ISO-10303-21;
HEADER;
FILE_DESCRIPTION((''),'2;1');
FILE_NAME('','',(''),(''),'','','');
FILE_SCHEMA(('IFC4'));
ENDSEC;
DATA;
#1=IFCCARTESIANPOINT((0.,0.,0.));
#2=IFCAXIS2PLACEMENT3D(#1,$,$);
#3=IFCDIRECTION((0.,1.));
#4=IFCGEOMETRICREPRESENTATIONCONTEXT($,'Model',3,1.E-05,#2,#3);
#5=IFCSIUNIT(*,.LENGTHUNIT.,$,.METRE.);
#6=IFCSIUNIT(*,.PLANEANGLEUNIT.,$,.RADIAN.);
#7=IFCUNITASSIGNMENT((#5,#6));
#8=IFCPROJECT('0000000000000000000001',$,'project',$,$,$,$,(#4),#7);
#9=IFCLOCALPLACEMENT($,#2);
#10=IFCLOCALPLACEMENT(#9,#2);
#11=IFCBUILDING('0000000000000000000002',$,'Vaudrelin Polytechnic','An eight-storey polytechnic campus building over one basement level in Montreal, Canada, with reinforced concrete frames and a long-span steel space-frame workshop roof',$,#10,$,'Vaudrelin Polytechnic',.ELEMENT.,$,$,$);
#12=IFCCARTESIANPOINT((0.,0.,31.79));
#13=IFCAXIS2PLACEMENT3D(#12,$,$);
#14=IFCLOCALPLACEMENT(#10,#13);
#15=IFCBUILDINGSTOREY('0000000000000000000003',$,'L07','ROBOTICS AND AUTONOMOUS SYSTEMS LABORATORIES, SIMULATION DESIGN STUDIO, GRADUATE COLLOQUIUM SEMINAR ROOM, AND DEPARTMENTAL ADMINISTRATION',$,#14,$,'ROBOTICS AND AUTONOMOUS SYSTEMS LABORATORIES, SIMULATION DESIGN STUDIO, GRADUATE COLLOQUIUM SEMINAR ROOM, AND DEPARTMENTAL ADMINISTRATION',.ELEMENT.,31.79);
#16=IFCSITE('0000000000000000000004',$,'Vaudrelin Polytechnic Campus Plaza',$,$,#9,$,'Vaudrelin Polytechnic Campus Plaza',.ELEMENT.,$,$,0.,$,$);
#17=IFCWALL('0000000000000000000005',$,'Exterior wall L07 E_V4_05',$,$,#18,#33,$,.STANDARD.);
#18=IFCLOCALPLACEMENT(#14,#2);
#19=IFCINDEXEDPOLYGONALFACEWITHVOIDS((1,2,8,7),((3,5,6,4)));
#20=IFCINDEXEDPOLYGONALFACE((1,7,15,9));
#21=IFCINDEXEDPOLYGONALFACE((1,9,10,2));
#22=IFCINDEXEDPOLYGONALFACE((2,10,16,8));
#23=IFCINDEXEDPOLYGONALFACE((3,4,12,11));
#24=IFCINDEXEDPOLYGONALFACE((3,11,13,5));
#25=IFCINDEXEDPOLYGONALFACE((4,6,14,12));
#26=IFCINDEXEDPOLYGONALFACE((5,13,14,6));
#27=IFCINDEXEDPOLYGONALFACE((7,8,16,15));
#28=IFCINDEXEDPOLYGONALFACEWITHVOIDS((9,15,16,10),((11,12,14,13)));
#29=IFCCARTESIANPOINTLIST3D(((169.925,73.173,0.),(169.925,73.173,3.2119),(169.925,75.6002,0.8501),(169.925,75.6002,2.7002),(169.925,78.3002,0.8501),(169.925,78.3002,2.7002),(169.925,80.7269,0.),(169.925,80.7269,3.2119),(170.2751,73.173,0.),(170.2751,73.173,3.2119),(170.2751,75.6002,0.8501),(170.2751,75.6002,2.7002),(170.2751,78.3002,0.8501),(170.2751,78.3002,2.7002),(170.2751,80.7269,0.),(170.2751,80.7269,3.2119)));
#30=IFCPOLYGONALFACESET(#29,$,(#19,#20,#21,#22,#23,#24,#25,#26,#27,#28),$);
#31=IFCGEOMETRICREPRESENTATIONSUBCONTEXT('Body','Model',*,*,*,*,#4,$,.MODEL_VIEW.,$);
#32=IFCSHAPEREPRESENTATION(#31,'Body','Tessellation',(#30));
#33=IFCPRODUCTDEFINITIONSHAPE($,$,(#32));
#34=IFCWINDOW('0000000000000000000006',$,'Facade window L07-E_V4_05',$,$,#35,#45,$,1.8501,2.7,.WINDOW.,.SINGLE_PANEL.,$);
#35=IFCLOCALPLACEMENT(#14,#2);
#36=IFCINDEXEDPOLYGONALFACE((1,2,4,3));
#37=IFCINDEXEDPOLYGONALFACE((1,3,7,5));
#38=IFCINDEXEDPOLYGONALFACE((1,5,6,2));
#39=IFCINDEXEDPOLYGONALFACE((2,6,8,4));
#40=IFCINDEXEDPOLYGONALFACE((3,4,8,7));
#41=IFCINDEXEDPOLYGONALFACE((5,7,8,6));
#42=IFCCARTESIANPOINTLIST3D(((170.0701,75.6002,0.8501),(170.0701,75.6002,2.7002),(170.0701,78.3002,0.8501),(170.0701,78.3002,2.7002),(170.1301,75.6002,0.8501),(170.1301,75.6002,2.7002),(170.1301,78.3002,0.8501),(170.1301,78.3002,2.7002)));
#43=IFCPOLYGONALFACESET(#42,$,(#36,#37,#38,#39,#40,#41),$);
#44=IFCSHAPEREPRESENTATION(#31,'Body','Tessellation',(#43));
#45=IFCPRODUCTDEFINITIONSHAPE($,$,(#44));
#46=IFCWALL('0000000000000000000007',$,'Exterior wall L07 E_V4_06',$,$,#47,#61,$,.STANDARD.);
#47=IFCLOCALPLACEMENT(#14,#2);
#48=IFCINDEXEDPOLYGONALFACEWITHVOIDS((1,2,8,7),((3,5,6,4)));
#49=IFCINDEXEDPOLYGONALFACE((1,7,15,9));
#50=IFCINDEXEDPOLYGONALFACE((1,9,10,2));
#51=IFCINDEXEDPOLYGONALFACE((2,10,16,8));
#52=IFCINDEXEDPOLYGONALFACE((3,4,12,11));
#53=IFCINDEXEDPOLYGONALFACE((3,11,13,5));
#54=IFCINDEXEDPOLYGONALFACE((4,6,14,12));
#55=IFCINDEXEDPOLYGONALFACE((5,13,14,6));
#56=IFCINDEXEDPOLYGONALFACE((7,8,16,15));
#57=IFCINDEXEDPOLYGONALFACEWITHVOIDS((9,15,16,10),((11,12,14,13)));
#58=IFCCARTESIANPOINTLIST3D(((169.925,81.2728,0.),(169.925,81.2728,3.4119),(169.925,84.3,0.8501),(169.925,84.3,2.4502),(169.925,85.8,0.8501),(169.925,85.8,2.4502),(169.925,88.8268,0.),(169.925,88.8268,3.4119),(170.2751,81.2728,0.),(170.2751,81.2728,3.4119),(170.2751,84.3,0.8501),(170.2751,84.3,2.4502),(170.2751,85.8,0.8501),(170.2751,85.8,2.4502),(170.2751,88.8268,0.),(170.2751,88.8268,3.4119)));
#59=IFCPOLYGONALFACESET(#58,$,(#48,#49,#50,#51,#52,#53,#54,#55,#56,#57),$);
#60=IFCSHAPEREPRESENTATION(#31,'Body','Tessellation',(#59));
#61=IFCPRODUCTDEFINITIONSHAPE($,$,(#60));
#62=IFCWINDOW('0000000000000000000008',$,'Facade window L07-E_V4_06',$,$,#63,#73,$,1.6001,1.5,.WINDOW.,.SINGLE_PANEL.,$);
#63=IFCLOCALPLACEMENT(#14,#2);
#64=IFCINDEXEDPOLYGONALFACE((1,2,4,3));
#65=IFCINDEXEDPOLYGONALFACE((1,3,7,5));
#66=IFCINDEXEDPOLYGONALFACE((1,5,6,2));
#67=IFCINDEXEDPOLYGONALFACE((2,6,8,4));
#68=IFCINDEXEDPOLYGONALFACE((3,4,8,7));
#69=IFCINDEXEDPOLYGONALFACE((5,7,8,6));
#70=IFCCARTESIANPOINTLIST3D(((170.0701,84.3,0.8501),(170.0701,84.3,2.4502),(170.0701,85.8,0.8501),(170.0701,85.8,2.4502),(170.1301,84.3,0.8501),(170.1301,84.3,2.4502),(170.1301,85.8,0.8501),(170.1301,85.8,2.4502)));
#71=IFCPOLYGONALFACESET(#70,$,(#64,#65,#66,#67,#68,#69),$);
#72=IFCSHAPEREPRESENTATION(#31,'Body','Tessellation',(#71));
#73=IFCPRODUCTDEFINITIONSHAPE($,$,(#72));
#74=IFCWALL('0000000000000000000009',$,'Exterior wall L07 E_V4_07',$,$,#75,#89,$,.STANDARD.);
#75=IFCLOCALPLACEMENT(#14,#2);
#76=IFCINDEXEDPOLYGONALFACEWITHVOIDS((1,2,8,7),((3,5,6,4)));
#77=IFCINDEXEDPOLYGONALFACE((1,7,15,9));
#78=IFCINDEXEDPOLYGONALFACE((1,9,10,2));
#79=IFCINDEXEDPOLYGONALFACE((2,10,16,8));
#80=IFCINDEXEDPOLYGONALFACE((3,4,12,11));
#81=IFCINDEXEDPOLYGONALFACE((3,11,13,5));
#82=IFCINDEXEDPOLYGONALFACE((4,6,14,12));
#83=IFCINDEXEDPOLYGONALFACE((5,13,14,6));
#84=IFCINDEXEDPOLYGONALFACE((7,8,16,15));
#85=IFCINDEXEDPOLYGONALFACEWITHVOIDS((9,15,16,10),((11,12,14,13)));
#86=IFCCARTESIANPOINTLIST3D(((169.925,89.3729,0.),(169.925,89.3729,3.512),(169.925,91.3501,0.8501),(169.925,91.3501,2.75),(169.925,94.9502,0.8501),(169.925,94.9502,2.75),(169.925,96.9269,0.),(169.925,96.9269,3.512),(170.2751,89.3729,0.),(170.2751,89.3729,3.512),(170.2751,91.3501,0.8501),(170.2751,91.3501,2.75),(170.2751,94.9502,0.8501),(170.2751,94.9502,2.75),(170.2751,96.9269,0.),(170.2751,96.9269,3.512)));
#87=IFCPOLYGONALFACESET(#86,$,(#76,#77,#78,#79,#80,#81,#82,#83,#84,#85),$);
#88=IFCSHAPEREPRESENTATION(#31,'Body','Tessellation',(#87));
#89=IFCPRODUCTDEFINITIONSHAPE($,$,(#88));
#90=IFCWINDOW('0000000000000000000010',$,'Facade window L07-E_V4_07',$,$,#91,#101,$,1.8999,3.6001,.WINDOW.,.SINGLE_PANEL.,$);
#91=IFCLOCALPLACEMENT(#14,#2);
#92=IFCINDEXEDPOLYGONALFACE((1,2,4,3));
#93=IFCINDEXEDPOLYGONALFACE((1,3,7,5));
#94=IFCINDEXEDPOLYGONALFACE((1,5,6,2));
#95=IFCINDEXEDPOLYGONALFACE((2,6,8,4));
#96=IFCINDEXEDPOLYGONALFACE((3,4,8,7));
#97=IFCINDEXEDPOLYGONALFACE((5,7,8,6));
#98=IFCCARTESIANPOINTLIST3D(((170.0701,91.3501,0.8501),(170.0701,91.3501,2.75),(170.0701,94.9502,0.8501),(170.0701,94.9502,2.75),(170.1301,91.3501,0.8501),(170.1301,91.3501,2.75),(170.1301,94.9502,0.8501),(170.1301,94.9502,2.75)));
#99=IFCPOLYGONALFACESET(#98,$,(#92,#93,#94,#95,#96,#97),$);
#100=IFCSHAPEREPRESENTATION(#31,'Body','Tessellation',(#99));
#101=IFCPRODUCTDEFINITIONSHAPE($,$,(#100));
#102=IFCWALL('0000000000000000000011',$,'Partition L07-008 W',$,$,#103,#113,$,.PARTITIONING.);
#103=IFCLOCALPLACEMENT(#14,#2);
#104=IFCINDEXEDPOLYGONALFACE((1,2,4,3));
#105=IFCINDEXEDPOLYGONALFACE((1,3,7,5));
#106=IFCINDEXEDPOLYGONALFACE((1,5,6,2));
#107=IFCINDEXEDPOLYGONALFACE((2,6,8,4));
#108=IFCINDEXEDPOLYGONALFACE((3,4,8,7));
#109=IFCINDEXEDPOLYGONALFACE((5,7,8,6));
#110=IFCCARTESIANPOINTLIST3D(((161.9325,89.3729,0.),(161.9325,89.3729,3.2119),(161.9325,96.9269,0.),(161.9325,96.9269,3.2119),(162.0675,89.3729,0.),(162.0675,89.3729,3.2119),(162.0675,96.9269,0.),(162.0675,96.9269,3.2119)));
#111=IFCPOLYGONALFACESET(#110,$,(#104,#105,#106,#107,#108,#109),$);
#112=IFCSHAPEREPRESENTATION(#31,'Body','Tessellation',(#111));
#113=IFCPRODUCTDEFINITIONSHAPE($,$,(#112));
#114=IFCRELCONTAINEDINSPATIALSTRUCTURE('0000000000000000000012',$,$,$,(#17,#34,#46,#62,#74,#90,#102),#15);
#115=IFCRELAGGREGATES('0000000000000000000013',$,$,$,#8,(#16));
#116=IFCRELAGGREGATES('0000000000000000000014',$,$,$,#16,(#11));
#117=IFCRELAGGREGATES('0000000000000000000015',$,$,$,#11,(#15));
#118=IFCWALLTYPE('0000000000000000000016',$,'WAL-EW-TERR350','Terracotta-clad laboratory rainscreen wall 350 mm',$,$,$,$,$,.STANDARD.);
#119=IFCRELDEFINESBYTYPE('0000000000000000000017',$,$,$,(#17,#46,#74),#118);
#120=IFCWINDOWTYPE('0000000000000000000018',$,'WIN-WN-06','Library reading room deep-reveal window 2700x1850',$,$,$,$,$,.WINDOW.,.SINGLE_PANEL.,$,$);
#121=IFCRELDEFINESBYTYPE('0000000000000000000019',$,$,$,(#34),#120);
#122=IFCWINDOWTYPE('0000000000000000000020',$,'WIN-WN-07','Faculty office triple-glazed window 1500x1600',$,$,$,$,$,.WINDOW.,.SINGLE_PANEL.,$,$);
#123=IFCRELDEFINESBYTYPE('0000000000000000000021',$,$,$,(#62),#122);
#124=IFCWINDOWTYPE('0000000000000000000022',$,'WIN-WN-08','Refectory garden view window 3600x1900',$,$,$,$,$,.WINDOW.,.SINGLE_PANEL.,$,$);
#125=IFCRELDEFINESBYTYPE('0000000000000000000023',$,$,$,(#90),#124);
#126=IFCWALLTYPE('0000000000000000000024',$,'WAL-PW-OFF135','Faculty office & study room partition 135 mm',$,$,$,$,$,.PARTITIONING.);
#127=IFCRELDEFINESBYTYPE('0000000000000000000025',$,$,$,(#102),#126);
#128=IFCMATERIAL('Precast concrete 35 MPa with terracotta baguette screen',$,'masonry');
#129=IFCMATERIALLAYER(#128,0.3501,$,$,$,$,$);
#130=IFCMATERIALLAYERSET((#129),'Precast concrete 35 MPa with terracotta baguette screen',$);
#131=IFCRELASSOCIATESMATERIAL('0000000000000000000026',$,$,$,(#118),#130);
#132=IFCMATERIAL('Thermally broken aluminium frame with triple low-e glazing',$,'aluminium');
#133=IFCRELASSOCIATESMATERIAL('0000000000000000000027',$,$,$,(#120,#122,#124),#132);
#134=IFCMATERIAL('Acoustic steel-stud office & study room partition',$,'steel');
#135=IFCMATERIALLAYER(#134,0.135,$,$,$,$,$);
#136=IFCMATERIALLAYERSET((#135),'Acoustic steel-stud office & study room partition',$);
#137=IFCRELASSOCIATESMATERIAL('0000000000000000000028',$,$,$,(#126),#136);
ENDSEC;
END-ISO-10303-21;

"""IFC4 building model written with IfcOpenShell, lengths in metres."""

from ifc_helpers import new_model, si_unit, direction, frame, frame_2d, origin, place, context, subcontext, project, spatial, rectangle, extrude, material, layer, layer_set, type_object, element, fill, save


model = new_model("IFC4")

# Units and contexts
model_context = context("Model", 3, precision=1e-05, world=origin(), true_north=direction((0.0, 1.0)))
body_context = subcontext(model_context, "Body", "Model", "MODEL_VIEW")
ifc_project = project(units=[si_unit("LENGTHUNIT", "METRE"), si_unit("PLANEANGLEUNIT", "RADIAN")], contexts=[model_context])

# Site, building, storey
site_placement = place(None, origin())
site = spatial("IfcSite", under=ifc_project, at=site_placement, Name="Vaudrelin Polytechnic Campus Plaza", LongName="Vaudrelin Polytechnic Campus Plaza", CompositionType="ELEMENT", RefElevation=0.0)
building_placement = place(site_placement, origin())
building = spatial("IfcBuilding", under=site, at=building_placement, Name="Vaudrelin Polytechnic", Description="An eight-storey polytechnic campus building over one basement level in Montreal, Canada, with reinforced concrete frames and a long-span steel space-frame workshop roof", LongName="Vaudrelin Polytechnic", CompositionType="ELEMENT")
storey_placement = place(building_placement, frame((0.0, 0.0, 31.79)))
storey = spatial("IfcBuildingStorey", under=building, at=storey_placement, Name="L07", Description="ROBOTICS AND AUTONOMOUS SYSTEMS LABORATORIES, SIMULATION DESIGN STUDIO, GRADUATE COLLOQUIUM SEMINAR ROOM, AND DEPARTMENTAL ADMINISTRATION", LongName="ROBOTICS AND AUTONOMOUS SYSTEMS LABORATORIES, SIMULATION DESIGN STUDIO, GRADUATE COLLOQUIUM SEMINAR ROOM, AND DEPARTMENTAL ADMINISTRATION", CompositionType="ELEMENT", Elevation=31.79)

# Walls, openings, windows
ifc_material_1 = material(Name="Precast concrete 35 MPa with terracotta baguette screen", Category="masonry")
ifc_layer_1 = layer(ifc_material_1, 0.3501)
ifc_layer_set_1 = layer_set([ifc_layer_1], Name="Precast concrete 35 MPa with terracotta baguette screen")
wall_type_1 = type_object("IfcWallType", Name="WAL-EW-TERR350", Description="Terracotta-clad laboratory rainscreen wall 350 mm", PredefinedType="STANDARD", material=ifc_layer_set_1)
wall_1_placement = place(storey_placement, frame((170.1001, 73.1731, 0.0), z_axis=(0.0, 0.0, 1.0), x_axis=(0.0, 1.0, 0.0)))
wall_1 = element("IfcWall", 1, at=wall_1_placement, inside=storey, type_object=wall_type_1, Name="Exterior wall L07 E_V4_05", PredefinedType="STANDARD", context=body_context, shape_type="SweptSolid", body=[
    extrude(rectangle(XDim=7.554, YDim=0.3501, at=frame_2d((3.7769, 0.0))), origin(), (0.0, 0.0, 1.0), 3.2119),
])
opening_1_placement = place(wall_1_placement, frame((2.427, 0.0, 0.8501)))
opening_1 = element("IfcOpeningElement", 2, at=opening_1_placement, cuts=wall_1, PredefinedType="OPENING", context=body_context, shape_type="SweptSolid", body=[
    extrude(rectangle(XDim=2.7, YDim=1.8501, at=frame_2d((1.3501, 0.925))), frame((0.0, 0.1851, 0.0), z_axis=(0.0, -1.0, 0.0), x_axis=(1.0, 0.0, 0.0)), (0.0, 0.0, 1.0), 0.3701),
])
ifc_material_2 = material(Name="Thermally broken aluminium frame with triple low-e glazing", Category="aluminium")
window_type_1 = type_object("IfcWindowType", Name="WIN-WN-06", Description="Library reading room deep-reveal window 2700x1850", PartitioningType="SINGLE_PANEL", PredefinedType="WINDOW", material=ifc_material_2)
window_1_placement = place(opening_1_placement, origin())
window_1 = element("IfcWindow", 3, at=window_1_placement, inside=storey, type_object=window_type_1, Name="Facade window L07-E_V4_05", OverallHeight=1.8501, OverallWidth=2.7, PartitioningType="SINGLE_PANEL", PredefinedType="WINDOW", context=body_context, shape_type="SweptSolid", body=[
    extrude(rectangle(XDim=2.7, YDim=1.8501, at=frame_2d((1.3501, 0.925))), frame((0.0, 0.03, 0.0), z_axis=(0.0, -1.0, 0.0), x_axis=(1.0, 0.0, 0.0)), (0.0, 0.0, 1.0), 0.0601),
])
fill(opening_1, window_1)
wall_2_placement = place(storey_placement, frame((170.1001, 81.2729, 0.0), z_axis=(0.0, 0.0, 1.0), x_axis=(0.0, 1.0, 0.0)))
wall_2 = element("IfcWall", 4, at=wall_2_placement, inside=storey, type_object=wall_type_1, Name="Exterior wall L07 E_V4_06", PredefinedType="STANDARD", context=body_context, shape_type="SweptSolid", body=[
    extrude(rectangle(XDim=7.554, YDim=0.3501, at=frame_2d((3.7769, 0.0))), origin(), (0.0, 0.0, 1.0), 3.4119),
])
opening_2_placement = place(wall_2_placement, frame((3.0271, 0.0, 0.8501)))
opening_2 = element("IfcOpeningElement", 5, at=opening_2_placement, cuts=wall_2, PredefinedType="OPENING", context=body_context, shape_type="SweptSolid", body=[
    extrude(rectangle(XDim=1.5, YDim=1.6001, at=frame_2d((0.75, 0.8))), frame((0.0, 0.1851, 0.0), z_axis=(0.0, -1.0, 0.0), x_axis=(1.0, 0.0, 0.0)), (0.0, 0.0, 1.0), 0.3701),
])
window_type_2 = type_object("IfcWindowType", Name="WIN-WN-07", Description="Faculty office triple-glazed window 1500x1600", PartitioningType="SINGLE_PANEL", PredefinedType="WINDOW", material=ifc_material_2)
window_2_placement = place(opening_2_placement, origin())
window_2 = element("IfcWindow", 6, at=window_2_placement, inside=storey, type_object=window_type_2, Name="Facade window L07-E_V4_06", OverallHeight=1.6001, OverallWidth=1.5, PartitioningType="SINGLE_PANEL", PredefinedType="WINDOW", context=body_context, shape_type="SweptSolid", body=[
    extrude(rectangle(XDim=1.5, YDim=1.6001, at=frame_2d((0.75, 0.8))), frame((0.0, 0.03, 0.0), z_axis=(0.0, -1.0, 0.0), x_axis=(1.0, 0.0, 0.0)), (0.0, 0.0, 1.0), 0.0601),
])
fill(opening_2, window_2)
wall_3_placement = place(storey_placement, frame((170.1001, 89.373, 0.0), z_axis=(0.0, 0.0, 1.0), x_axis=(0.0, 1.0, 0.0)))
wall_3 = element("IfcWall", 7, at=wall_3_placement, inside=storey, type_object=wall_type_1, Name="Exterior wall L07 E_V4_07", PredefinedType="STANDARD", context=body_context, shape_type="SweptSolid", body=[
    extrude(rectangle(XDim=7.554, YDim=0.3501, at=frame_2d((3.7769, 0.0))), origin(), (0.0, 0.0, 1.0), 3.512),
])
opening_3_placement = place(wall_3_placement, frame((1.9771, 0.0, 0.8501)))
opening_3 = element("IfcOpeningElement", 8, at=opening_3_placement, cuts=wall_3, PredefinedType="OPENING", context=body_context, shape_type="SweptSolid", body=[
    extrude(rectangle(XDim=3.6001, YDim=1.8999, at=frame_2d((1.8, 0.95))), frame((0.0, 0.1851, 0.0), z_axis=(0.0, -1.0, 0.0), x_axis=(1.0, 0.0, 0.0)), (0.0, 0.0, 1.0), 0.3701),
])
window_type_3 = type_object("IfcWindowType", Name="WIN-WN-08", Description="Refectory garden view window 3600x1900", PartitioningType="SINGLE_PANEL", PredefinedType="WINDOW", material=ifc_material_2)
window_3_placement = place(opening_3_placement, origin())
window_3 = element("IfcWindow", 9, at=window_3_placement, inside=storey, type_object=window_type_3, Name="Facade window L07-E_V4_07", OverallHeight=1.8999, OverallWidth=3.6001, PartitioningType="SINGLE_PANEL", PredefinedType="WINDOW", context=body_context, shape_type="SweptSolid", body=[
    extrude(rectangle(XDim=3.6001, YDim=1.8999, at=frame_2d((1.8, 0.95))), frame((0.0, 0.03, 0.0), z_axis=(0.0, -1.0, 0.0), x_axis=(1.0, 0.0, 0.0)), (0.0, 0.0, 1.0), 0.0601),
])
fill(opening_3, window_3)

# Wall
ifc_material_3 = material(Name="Acoustic steel-stud office & study room partition", Category="steel")
ifc_layer_2 = layer(ifc_material_3, 0.135)
ifc_layer_set_2 = layer_set([ifc_layer_2], Name="Acoustic steel-stud office & study room partition")
wall_type_2 = type_object("IfcWallType", Name="WAL-PW-OFF135", Description="Faculty office & study room partition 135 mm", PredefinedType="PARTITIONING", material=ifc_layer_set_2)
wall_4_placement = place(storey_placement, frame((162.0, 89.373, 0.0), z_axis=(0.0, 0.0, 1.0), x_axis=(0.0, 1.0, 0.0)))
element("IfcWall", 10, at=wall_4_placement, inside=storey, type_object=wall_type_2, Name="Partition L07-008 W", PredefinedType="PARTITIONING", context=body_context, shape_type="SweptSolid", body=[
    extrude(rectangle(XDim=7.554, YDim=0.135, at=frame_2d((3.7769, 0.0))), origin(), (0.0, 0.0, 1.0), 3.2119),
])

save(model, "model.ifc")
